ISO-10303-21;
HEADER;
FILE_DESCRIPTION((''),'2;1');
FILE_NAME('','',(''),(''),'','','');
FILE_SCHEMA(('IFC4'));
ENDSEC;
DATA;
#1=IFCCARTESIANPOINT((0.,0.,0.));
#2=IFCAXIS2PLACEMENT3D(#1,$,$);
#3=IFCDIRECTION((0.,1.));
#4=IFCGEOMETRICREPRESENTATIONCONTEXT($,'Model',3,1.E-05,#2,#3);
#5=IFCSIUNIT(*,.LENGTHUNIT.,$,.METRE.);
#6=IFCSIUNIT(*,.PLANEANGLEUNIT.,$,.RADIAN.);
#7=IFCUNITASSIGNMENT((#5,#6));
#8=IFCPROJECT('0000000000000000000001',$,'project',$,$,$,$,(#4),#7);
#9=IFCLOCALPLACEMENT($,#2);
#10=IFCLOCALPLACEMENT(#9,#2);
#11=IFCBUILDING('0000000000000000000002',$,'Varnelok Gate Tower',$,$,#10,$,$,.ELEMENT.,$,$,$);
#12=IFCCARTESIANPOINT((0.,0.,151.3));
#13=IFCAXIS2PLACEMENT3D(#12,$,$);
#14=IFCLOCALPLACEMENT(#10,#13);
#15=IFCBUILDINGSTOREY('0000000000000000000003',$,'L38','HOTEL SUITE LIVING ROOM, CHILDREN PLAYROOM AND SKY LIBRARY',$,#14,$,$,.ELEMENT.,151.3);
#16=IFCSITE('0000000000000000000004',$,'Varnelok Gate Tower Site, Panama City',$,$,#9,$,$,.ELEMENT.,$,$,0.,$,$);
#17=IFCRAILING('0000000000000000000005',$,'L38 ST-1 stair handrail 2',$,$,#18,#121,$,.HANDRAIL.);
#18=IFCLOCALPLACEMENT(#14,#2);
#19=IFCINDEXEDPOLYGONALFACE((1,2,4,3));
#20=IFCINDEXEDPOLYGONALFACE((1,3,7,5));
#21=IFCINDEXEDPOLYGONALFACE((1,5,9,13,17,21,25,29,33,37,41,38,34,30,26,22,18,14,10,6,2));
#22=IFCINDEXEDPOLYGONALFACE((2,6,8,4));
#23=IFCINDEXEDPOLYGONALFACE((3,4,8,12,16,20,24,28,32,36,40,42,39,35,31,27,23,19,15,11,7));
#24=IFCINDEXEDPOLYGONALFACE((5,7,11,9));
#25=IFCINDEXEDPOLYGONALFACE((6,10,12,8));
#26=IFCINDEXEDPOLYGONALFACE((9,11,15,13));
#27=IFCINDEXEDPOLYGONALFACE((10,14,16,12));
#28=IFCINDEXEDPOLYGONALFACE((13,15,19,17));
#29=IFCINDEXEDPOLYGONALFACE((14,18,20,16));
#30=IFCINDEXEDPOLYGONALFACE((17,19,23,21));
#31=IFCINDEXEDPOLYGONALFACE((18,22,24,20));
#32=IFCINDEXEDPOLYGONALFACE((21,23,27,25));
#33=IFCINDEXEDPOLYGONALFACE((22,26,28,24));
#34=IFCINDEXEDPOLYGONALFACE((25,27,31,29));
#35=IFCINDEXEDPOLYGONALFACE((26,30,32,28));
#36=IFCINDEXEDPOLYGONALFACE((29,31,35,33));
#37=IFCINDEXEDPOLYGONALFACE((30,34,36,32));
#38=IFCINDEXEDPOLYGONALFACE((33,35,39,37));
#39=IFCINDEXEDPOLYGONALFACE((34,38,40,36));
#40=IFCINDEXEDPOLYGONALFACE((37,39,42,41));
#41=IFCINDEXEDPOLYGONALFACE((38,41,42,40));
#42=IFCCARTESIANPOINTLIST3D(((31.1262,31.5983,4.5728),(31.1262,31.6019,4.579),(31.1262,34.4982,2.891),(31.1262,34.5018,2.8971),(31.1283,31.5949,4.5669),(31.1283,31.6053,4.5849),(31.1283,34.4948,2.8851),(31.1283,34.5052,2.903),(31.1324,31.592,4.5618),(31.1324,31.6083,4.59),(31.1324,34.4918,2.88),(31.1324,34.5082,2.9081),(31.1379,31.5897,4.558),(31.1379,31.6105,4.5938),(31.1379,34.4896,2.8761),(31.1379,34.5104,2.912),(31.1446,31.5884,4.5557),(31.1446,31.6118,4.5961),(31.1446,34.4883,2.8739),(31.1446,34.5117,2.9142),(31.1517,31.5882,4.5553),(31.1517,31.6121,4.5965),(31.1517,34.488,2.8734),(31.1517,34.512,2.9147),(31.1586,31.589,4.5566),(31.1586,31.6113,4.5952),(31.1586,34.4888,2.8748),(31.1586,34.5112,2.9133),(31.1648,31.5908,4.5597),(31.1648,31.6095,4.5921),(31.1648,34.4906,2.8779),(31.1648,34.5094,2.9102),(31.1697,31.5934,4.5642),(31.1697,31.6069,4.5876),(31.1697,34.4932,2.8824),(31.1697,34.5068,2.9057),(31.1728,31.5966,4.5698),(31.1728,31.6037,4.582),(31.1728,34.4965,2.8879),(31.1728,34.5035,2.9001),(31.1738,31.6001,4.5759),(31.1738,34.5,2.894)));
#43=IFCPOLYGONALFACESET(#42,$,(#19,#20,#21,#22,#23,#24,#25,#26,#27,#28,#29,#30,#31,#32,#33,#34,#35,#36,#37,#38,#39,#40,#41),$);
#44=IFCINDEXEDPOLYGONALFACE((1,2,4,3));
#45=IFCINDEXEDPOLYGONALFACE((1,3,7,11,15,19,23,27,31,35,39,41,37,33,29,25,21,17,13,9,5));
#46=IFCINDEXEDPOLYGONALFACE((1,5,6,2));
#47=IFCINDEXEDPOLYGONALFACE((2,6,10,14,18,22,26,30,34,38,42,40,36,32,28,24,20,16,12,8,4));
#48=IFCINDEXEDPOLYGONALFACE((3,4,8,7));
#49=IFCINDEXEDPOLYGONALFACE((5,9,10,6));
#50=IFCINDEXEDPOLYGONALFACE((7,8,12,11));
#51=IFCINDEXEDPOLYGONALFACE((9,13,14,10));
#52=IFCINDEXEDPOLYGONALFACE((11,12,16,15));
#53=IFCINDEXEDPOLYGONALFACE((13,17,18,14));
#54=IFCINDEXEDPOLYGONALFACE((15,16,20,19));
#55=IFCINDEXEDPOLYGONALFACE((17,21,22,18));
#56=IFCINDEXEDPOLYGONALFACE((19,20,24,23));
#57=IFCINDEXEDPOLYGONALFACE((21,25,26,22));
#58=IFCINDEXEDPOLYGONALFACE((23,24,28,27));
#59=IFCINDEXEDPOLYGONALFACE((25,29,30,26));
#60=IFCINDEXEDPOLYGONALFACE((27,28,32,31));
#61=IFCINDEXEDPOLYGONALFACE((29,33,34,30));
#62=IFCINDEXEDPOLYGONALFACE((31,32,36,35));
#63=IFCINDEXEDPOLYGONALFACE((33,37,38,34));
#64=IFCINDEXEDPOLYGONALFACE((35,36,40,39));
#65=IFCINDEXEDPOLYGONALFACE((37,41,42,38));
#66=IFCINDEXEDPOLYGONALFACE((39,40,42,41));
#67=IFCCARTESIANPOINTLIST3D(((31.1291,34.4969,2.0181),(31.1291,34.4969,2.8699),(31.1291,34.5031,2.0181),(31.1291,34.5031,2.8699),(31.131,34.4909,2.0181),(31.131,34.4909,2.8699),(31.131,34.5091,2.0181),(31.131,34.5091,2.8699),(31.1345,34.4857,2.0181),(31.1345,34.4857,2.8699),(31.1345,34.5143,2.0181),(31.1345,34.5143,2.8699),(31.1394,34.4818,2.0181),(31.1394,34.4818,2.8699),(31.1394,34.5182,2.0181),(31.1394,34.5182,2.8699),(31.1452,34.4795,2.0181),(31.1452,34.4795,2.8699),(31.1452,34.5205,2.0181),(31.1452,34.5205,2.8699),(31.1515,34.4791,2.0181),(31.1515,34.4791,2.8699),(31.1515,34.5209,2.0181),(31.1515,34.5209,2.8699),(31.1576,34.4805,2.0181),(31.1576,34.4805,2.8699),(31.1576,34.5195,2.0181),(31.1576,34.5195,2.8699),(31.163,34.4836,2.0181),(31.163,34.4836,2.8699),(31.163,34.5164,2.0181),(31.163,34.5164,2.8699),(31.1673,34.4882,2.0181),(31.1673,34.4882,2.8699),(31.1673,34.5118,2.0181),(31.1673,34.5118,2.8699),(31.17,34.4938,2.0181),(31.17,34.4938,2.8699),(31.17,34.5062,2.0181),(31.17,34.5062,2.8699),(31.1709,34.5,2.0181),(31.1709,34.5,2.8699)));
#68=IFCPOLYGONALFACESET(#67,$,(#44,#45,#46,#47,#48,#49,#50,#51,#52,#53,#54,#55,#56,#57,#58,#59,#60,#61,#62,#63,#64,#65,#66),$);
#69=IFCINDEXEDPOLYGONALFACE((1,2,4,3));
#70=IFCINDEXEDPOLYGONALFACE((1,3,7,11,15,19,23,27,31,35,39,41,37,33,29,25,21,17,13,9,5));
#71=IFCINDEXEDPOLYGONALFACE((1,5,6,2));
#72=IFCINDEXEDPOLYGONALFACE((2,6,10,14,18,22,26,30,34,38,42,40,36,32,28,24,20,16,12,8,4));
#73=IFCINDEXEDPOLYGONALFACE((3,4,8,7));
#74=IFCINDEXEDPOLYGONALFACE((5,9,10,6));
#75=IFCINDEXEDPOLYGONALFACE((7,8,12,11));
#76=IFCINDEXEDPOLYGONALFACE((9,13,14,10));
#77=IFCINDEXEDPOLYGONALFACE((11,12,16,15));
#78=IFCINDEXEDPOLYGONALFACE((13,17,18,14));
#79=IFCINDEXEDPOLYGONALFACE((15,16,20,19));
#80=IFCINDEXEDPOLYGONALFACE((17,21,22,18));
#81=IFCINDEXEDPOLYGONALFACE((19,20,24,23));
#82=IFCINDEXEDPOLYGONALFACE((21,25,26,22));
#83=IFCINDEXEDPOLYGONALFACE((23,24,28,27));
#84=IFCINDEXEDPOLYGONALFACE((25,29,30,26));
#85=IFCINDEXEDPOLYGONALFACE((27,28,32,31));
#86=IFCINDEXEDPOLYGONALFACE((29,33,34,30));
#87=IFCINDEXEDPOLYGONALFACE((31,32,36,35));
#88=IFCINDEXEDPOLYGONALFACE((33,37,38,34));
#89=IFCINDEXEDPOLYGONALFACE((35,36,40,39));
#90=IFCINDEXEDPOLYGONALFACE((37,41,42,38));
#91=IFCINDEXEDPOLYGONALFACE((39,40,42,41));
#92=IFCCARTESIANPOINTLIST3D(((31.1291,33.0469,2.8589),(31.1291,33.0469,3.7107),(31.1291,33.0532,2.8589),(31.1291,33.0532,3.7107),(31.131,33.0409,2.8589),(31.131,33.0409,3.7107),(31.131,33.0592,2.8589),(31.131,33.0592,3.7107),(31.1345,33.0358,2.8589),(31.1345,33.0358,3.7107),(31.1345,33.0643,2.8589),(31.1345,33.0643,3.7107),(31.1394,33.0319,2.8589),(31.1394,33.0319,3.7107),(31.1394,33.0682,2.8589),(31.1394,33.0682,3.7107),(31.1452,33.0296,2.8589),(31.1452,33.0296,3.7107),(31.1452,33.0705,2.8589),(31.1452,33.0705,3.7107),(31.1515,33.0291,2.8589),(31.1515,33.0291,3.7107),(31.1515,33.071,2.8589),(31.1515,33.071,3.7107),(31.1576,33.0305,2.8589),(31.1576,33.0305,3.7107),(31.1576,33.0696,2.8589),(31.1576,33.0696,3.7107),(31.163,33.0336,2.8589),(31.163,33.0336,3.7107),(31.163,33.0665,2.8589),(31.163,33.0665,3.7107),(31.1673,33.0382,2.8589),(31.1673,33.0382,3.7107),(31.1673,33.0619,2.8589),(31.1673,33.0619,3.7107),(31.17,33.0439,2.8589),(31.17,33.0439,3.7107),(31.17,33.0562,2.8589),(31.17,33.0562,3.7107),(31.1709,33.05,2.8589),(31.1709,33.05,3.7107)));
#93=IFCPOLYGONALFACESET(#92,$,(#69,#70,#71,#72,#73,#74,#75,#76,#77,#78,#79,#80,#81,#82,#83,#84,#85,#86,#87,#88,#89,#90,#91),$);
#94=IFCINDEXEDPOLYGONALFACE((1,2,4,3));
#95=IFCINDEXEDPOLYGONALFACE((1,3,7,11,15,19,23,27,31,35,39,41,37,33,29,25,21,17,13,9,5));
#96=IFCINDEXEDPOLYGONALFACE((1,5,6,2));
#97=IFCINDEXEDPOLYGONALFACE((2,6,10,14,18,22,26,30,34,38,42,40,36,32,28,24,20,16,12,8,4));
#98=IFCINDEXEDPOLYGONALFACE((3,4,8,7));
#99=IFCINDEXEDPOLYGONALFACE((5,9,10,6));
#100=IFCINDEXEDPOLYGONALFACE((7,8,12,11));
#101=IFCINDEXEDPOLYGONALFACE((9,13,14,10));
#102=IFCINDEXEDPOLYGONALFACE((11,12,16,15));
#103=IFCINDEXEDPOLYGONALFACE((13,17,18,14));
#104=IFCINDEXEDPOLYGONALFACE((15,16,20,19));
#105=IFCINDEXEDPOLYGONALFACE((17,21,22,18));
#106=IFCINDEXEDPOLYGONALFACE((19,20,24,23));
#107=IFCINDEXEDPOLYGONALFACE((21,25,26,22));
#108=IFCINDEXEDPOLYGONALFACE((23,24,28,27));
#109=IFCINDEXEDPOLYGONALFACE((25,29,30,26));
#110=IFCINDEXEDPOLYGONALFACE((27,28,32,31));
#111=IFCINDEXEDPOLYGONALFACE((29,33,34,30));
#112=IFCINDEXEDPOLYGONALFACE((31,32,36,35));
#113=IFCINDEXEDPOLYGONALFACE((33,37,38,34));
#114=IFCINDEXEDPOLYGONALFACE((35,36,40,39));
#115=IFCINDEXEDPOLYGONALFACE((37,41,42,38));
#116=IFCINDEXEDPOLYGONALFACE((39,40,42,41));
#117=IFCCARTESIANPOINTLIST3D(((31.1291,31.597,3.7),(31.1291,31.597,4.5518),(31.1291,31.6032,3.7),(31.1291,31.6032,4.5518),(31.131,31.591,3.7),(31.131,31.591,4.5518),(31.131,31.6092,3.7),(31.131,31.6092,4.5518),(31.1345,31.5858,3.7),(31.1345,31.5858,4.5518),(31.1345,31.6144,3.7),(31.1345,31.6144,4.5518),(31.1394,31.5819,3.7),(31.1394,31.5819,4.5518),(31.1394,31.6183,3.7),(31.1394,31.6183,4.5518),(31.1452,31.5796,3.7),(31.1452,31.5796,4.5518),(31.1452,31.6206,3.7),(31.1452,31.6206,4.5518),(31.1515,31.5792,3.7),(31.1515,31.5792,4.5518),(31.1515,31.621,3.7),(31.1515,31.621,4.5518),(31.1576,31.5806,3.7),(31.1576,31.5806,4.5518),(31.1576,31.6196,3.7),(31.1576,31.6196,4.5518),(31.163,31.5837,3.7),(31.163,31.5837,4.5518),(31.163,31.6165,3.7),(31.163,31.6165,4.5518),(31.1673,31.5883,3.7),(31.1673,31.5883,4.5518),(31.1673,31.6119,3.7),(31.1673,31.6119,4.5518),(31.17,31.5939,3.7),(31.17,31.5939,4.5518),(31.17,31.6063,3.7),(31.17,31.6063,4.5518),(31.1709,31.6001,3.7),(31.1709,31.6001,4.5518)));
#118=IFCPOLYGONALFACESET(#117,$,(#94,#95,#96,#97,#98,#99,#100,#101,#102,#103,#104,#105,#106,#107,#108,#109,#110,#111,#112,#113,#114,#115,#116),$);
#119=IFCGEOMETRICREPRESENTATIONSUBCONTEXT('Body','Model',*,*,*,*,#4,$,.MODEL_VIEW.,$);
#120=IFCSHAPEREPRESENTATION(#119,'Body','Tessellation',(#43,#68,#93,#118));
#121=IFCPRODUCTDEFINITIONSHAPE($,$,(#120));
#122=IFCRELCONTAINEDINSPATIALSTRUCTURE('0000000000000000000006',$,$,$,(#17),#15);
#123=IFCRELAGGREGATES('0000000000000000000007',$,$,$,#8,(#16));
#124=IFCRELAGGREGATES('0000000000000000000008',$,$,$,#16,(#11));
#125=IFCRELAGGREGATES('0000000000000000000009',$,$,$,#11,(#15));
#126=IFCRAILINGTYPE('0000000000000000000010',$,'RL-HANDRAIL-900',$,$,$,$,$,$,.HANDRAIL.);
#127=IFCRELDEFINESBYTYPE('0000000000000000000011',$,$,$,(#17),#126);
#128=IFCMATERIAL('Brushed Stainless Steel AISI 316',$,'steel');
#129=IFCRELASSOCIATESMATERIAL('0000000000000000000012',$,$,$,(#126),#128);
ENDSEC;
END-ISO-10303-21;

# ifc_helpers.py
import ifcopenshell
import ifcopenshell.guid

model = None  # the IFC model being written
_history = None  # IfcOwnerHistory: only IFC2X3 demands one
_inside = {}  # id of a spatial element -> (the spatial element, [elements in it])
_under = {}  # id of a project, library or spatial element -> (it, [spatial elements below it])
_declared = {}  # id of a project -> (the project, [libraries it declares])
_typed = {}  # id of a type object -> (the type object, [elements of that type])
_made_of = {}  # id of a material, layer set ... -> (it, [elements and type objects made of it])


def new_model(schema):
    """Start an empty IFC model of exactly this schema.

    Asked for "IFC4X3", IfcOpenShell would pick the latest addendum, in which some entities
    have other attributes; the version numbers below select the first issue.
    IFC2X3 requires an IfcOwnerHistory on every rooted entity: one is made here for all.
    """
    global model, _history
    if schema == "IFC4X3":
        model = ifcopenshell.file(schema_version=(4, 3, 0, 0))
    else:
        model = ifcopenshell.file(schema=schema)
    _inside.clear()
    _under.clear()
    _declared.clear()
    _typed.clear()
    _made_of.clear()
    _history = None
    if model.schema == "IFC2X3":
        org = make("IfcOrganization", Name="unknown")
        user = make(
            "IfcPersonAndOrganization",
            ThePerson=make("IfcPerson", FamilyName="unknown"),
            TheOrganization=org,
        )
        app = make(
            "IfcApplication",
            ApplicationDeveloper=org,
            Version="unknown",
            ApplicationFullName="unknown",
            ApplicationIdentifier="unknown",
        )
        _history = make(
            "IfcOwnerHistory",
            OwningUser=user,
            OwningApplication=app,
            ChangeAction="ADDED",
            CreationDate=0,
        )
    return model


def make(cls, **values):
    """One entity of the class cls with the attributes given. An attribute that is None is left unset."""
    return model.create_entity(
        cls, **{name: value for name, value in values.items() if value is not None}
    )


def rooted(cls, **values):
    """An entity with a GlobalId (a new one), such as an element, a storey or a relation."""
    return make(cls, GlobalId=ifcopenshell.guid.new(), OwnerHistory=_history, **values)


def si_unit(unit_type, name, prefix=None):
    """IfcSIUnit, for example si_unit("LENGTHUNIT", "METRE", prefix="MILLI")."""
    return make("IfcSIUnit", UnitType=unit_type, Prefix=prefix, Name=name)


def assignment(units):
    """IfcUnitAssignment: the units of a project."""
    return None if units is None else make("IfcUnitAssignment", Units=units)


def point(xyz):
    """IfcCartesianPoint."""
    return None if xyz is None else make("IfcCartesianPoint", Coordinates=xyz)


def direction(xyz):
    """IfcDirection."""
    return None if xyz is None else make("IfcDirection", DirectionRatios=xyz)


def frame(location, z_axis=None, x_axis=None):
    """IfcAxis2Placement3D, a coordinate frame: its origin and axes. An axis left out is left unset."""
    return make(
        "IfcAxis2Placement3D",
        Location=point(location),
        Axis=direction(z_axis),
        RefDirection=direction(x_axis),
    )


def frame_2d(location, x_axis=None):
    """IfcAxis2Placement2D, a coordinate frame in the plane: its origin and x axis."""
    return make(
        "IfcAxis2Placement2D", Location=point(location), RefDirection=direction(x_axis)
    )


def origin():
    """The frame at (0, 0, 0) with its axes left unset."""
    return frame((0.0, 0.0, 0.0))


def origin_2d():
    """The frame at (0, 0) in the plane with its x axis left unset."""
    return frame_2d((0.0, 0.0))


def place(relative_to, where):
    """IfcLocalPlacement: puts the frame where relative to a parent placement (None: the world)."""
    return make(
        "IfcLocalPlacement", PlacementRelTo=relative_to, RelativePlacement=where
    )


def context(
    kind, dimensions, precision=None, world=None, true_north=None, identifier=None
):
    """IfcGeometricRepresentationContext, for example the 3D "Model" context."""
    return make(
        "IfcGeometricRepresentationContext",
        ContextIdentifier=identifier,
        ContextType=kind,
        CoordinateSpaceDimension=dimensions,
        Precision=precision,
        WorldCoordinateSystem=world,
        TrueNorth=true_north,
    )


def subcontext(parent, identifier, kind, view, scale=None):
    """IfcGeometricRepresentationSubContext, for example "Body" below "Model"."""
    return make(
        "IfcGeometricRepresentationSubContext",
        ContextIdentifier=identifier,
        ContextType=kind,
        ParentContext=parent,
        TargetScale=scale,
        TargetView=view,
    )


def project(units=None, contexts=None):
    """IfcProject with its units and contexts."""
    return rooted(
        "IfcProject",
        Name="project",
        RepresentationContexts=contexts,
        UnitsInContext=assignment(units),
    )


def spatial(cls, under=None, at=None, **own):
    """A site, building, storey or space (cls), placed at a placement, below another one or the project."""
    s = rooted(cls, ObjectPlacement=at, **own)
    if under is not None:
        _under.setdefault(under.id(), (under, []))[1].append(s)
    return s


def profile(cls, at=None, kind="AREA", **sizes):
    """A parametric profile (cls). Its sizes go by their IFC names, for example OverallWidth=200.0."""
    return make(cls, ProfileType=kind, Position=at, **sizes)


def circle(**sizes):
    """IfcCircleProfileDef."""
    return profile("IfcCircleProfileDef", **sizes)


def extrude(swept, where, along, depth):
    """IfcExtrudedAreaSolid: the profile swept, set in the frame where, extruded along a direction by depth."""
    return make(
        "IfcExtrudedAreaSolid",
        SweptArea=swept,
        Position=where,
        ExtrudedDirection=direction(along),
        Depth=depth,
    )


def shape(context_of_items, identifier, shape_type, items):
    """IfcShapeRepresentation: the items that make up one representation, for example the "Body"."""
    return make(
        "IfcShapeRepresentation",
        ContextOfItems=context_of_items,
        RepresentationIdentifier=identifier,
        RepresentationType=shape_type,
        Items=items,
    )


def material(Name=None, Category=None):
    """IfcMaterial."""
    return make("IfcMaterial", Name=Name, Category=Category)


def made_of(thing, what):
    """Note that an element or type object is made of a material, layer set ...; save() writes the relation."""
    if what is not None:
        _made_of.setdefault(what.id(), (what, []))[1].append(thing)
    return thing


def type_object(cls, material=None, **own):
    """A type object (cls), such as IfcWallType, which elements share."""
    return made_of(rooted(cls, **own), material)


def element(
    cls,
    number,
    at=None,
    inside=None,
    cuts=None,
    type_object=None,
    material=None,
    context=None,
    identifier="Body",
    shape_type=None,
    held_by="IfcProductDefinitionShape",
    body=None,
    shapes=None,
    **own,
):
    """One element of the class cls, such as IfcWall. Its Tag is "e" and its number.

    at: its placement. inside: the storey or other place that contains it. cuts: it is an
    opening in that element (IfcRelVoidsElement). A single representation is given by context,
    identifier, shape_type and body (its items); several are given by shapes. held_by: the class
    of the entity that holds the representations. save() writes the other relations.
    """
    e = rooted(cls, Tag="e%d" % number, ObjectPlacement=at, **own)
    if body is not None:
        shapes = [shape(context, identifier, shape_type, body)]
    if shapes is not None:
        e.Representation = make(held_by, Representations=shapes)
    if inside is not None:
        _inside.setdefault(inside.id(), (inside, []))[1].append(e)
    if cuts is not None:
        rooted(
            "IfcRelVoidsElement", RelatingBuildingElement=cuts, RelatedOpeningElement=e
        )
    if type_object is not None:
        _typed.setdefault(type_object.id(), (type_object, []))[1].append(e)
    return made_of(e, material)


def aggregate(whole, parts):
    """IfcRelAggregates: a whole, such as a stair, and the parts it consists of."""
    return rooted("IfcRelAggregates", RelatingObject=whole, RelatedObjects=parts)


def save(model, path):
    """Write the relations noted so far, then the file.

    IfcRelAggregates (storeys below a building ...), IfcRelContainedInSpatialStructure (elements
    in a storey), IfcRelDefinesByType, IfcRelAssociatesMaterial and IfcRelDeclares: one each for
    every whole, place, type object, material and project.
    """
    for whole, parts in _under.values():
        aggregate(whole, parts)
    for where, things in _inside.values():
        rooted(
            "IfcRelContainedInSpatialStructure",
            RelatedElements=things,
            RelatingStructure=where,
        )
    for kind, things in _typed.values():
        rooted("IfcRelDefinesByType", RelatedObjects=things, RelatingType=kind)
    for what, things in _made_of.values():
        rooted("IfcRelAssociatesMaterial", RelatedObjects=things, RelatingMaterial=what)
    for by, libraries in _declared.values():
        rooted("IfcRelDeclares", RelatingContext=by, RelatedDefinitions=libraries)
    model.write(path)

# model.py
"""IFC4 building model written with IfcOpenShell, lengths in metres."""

from ifc_helpers import new_model, si_unit, direction, frame, origin, origin_2d, place, context, subcontext, project, spatial, circle, extrude, material, type_object, element, save


model = new_model("IFC4")

# Units and contexts
model_context = context("Model", 3, precision=1e-05, world=origin(), true_north=direction((0.0, 1.0)))
body_context = subcontext(model_context, "Body", "Model", "MODEL_VIEW")
ifc_project = project(units=[si_unit("LENGTHUNIT", "METRE"), si_unit("PLANEANGLEUNIT", "RADIAN")], contexts=[model_context])

# Site, building, storey
site_placement = place(None, origin())
site = spatial("IfcSite", under=ifc_project, at=site_placement, Name="Varnelok Gate Tower Site, Panama City", CompositionType="ELEMENT", RefElevation=0.0)
building_placement = place(site_placement, origin())
building = spatial("IfcBuilding", under=site, at=building_placement, Name="Varnelok Gate Tower", CompositionType="ELEMENT")
storey_placement = place(building_placement, frame((0.0, 0.0, 151.3)))
storey = spatial("IfcBuildingStorey", under=building, at=storey_placement, Name="L38", Description="HOTEL SUITE LIVING ROOM, CHILDREN PLAYROOM AND SKY LIBRARY", CompositionType="ELEMENT", Elevation=151.3)

# Railing
ifc_material_1 = material(Name="Brushed Stainless Steel AISI 316", Category="steel")
railing_type_1 = type_object("IfcRailingType", Name="RL-HANDRAIL-900", PredefinedType="HANDRAIL", material=ifc_material_1)
railing_1_placement = place(storey_placement, frame((31.1499, 34.5, 2.0181)))
element("IfcRailing", 1, at=railing_1_placement, inside=storey, type_object=railing_type_1, Name="L38 ST-1 stair handrail 2", PredefinedType="HANDRAIL", context=body_context, shape_type="SweptSolid", body=[
    extrude(circle(Radius=0.0239, at=origin_2d()), frame((0.0, 0.0, 0.876), z_axis=(0.0, -0.865039, 0.501705), x_axis=(1.0, 0.0, 0.0)), (0.0, 0.0, 1.0), 3.3523),
    extrude(circle(Radius=0.021, at=origin_2d()), origin(), (0.0, 0.0, 1.0), 0.8518),
    extrude(circle(Radius=0.021, at=origin_2d()), frame((0.0, -1.45, 0.8408)), (0.0, 0.0, 1.0), 0.8518),
    extrude(circle(Radius=0.021, at=origin_2d()), frame((0.0, -2.8999, 1.6819)), (0.0, 0.0, 1.0), 0.8518),
])

save(model, "model.ifc")
